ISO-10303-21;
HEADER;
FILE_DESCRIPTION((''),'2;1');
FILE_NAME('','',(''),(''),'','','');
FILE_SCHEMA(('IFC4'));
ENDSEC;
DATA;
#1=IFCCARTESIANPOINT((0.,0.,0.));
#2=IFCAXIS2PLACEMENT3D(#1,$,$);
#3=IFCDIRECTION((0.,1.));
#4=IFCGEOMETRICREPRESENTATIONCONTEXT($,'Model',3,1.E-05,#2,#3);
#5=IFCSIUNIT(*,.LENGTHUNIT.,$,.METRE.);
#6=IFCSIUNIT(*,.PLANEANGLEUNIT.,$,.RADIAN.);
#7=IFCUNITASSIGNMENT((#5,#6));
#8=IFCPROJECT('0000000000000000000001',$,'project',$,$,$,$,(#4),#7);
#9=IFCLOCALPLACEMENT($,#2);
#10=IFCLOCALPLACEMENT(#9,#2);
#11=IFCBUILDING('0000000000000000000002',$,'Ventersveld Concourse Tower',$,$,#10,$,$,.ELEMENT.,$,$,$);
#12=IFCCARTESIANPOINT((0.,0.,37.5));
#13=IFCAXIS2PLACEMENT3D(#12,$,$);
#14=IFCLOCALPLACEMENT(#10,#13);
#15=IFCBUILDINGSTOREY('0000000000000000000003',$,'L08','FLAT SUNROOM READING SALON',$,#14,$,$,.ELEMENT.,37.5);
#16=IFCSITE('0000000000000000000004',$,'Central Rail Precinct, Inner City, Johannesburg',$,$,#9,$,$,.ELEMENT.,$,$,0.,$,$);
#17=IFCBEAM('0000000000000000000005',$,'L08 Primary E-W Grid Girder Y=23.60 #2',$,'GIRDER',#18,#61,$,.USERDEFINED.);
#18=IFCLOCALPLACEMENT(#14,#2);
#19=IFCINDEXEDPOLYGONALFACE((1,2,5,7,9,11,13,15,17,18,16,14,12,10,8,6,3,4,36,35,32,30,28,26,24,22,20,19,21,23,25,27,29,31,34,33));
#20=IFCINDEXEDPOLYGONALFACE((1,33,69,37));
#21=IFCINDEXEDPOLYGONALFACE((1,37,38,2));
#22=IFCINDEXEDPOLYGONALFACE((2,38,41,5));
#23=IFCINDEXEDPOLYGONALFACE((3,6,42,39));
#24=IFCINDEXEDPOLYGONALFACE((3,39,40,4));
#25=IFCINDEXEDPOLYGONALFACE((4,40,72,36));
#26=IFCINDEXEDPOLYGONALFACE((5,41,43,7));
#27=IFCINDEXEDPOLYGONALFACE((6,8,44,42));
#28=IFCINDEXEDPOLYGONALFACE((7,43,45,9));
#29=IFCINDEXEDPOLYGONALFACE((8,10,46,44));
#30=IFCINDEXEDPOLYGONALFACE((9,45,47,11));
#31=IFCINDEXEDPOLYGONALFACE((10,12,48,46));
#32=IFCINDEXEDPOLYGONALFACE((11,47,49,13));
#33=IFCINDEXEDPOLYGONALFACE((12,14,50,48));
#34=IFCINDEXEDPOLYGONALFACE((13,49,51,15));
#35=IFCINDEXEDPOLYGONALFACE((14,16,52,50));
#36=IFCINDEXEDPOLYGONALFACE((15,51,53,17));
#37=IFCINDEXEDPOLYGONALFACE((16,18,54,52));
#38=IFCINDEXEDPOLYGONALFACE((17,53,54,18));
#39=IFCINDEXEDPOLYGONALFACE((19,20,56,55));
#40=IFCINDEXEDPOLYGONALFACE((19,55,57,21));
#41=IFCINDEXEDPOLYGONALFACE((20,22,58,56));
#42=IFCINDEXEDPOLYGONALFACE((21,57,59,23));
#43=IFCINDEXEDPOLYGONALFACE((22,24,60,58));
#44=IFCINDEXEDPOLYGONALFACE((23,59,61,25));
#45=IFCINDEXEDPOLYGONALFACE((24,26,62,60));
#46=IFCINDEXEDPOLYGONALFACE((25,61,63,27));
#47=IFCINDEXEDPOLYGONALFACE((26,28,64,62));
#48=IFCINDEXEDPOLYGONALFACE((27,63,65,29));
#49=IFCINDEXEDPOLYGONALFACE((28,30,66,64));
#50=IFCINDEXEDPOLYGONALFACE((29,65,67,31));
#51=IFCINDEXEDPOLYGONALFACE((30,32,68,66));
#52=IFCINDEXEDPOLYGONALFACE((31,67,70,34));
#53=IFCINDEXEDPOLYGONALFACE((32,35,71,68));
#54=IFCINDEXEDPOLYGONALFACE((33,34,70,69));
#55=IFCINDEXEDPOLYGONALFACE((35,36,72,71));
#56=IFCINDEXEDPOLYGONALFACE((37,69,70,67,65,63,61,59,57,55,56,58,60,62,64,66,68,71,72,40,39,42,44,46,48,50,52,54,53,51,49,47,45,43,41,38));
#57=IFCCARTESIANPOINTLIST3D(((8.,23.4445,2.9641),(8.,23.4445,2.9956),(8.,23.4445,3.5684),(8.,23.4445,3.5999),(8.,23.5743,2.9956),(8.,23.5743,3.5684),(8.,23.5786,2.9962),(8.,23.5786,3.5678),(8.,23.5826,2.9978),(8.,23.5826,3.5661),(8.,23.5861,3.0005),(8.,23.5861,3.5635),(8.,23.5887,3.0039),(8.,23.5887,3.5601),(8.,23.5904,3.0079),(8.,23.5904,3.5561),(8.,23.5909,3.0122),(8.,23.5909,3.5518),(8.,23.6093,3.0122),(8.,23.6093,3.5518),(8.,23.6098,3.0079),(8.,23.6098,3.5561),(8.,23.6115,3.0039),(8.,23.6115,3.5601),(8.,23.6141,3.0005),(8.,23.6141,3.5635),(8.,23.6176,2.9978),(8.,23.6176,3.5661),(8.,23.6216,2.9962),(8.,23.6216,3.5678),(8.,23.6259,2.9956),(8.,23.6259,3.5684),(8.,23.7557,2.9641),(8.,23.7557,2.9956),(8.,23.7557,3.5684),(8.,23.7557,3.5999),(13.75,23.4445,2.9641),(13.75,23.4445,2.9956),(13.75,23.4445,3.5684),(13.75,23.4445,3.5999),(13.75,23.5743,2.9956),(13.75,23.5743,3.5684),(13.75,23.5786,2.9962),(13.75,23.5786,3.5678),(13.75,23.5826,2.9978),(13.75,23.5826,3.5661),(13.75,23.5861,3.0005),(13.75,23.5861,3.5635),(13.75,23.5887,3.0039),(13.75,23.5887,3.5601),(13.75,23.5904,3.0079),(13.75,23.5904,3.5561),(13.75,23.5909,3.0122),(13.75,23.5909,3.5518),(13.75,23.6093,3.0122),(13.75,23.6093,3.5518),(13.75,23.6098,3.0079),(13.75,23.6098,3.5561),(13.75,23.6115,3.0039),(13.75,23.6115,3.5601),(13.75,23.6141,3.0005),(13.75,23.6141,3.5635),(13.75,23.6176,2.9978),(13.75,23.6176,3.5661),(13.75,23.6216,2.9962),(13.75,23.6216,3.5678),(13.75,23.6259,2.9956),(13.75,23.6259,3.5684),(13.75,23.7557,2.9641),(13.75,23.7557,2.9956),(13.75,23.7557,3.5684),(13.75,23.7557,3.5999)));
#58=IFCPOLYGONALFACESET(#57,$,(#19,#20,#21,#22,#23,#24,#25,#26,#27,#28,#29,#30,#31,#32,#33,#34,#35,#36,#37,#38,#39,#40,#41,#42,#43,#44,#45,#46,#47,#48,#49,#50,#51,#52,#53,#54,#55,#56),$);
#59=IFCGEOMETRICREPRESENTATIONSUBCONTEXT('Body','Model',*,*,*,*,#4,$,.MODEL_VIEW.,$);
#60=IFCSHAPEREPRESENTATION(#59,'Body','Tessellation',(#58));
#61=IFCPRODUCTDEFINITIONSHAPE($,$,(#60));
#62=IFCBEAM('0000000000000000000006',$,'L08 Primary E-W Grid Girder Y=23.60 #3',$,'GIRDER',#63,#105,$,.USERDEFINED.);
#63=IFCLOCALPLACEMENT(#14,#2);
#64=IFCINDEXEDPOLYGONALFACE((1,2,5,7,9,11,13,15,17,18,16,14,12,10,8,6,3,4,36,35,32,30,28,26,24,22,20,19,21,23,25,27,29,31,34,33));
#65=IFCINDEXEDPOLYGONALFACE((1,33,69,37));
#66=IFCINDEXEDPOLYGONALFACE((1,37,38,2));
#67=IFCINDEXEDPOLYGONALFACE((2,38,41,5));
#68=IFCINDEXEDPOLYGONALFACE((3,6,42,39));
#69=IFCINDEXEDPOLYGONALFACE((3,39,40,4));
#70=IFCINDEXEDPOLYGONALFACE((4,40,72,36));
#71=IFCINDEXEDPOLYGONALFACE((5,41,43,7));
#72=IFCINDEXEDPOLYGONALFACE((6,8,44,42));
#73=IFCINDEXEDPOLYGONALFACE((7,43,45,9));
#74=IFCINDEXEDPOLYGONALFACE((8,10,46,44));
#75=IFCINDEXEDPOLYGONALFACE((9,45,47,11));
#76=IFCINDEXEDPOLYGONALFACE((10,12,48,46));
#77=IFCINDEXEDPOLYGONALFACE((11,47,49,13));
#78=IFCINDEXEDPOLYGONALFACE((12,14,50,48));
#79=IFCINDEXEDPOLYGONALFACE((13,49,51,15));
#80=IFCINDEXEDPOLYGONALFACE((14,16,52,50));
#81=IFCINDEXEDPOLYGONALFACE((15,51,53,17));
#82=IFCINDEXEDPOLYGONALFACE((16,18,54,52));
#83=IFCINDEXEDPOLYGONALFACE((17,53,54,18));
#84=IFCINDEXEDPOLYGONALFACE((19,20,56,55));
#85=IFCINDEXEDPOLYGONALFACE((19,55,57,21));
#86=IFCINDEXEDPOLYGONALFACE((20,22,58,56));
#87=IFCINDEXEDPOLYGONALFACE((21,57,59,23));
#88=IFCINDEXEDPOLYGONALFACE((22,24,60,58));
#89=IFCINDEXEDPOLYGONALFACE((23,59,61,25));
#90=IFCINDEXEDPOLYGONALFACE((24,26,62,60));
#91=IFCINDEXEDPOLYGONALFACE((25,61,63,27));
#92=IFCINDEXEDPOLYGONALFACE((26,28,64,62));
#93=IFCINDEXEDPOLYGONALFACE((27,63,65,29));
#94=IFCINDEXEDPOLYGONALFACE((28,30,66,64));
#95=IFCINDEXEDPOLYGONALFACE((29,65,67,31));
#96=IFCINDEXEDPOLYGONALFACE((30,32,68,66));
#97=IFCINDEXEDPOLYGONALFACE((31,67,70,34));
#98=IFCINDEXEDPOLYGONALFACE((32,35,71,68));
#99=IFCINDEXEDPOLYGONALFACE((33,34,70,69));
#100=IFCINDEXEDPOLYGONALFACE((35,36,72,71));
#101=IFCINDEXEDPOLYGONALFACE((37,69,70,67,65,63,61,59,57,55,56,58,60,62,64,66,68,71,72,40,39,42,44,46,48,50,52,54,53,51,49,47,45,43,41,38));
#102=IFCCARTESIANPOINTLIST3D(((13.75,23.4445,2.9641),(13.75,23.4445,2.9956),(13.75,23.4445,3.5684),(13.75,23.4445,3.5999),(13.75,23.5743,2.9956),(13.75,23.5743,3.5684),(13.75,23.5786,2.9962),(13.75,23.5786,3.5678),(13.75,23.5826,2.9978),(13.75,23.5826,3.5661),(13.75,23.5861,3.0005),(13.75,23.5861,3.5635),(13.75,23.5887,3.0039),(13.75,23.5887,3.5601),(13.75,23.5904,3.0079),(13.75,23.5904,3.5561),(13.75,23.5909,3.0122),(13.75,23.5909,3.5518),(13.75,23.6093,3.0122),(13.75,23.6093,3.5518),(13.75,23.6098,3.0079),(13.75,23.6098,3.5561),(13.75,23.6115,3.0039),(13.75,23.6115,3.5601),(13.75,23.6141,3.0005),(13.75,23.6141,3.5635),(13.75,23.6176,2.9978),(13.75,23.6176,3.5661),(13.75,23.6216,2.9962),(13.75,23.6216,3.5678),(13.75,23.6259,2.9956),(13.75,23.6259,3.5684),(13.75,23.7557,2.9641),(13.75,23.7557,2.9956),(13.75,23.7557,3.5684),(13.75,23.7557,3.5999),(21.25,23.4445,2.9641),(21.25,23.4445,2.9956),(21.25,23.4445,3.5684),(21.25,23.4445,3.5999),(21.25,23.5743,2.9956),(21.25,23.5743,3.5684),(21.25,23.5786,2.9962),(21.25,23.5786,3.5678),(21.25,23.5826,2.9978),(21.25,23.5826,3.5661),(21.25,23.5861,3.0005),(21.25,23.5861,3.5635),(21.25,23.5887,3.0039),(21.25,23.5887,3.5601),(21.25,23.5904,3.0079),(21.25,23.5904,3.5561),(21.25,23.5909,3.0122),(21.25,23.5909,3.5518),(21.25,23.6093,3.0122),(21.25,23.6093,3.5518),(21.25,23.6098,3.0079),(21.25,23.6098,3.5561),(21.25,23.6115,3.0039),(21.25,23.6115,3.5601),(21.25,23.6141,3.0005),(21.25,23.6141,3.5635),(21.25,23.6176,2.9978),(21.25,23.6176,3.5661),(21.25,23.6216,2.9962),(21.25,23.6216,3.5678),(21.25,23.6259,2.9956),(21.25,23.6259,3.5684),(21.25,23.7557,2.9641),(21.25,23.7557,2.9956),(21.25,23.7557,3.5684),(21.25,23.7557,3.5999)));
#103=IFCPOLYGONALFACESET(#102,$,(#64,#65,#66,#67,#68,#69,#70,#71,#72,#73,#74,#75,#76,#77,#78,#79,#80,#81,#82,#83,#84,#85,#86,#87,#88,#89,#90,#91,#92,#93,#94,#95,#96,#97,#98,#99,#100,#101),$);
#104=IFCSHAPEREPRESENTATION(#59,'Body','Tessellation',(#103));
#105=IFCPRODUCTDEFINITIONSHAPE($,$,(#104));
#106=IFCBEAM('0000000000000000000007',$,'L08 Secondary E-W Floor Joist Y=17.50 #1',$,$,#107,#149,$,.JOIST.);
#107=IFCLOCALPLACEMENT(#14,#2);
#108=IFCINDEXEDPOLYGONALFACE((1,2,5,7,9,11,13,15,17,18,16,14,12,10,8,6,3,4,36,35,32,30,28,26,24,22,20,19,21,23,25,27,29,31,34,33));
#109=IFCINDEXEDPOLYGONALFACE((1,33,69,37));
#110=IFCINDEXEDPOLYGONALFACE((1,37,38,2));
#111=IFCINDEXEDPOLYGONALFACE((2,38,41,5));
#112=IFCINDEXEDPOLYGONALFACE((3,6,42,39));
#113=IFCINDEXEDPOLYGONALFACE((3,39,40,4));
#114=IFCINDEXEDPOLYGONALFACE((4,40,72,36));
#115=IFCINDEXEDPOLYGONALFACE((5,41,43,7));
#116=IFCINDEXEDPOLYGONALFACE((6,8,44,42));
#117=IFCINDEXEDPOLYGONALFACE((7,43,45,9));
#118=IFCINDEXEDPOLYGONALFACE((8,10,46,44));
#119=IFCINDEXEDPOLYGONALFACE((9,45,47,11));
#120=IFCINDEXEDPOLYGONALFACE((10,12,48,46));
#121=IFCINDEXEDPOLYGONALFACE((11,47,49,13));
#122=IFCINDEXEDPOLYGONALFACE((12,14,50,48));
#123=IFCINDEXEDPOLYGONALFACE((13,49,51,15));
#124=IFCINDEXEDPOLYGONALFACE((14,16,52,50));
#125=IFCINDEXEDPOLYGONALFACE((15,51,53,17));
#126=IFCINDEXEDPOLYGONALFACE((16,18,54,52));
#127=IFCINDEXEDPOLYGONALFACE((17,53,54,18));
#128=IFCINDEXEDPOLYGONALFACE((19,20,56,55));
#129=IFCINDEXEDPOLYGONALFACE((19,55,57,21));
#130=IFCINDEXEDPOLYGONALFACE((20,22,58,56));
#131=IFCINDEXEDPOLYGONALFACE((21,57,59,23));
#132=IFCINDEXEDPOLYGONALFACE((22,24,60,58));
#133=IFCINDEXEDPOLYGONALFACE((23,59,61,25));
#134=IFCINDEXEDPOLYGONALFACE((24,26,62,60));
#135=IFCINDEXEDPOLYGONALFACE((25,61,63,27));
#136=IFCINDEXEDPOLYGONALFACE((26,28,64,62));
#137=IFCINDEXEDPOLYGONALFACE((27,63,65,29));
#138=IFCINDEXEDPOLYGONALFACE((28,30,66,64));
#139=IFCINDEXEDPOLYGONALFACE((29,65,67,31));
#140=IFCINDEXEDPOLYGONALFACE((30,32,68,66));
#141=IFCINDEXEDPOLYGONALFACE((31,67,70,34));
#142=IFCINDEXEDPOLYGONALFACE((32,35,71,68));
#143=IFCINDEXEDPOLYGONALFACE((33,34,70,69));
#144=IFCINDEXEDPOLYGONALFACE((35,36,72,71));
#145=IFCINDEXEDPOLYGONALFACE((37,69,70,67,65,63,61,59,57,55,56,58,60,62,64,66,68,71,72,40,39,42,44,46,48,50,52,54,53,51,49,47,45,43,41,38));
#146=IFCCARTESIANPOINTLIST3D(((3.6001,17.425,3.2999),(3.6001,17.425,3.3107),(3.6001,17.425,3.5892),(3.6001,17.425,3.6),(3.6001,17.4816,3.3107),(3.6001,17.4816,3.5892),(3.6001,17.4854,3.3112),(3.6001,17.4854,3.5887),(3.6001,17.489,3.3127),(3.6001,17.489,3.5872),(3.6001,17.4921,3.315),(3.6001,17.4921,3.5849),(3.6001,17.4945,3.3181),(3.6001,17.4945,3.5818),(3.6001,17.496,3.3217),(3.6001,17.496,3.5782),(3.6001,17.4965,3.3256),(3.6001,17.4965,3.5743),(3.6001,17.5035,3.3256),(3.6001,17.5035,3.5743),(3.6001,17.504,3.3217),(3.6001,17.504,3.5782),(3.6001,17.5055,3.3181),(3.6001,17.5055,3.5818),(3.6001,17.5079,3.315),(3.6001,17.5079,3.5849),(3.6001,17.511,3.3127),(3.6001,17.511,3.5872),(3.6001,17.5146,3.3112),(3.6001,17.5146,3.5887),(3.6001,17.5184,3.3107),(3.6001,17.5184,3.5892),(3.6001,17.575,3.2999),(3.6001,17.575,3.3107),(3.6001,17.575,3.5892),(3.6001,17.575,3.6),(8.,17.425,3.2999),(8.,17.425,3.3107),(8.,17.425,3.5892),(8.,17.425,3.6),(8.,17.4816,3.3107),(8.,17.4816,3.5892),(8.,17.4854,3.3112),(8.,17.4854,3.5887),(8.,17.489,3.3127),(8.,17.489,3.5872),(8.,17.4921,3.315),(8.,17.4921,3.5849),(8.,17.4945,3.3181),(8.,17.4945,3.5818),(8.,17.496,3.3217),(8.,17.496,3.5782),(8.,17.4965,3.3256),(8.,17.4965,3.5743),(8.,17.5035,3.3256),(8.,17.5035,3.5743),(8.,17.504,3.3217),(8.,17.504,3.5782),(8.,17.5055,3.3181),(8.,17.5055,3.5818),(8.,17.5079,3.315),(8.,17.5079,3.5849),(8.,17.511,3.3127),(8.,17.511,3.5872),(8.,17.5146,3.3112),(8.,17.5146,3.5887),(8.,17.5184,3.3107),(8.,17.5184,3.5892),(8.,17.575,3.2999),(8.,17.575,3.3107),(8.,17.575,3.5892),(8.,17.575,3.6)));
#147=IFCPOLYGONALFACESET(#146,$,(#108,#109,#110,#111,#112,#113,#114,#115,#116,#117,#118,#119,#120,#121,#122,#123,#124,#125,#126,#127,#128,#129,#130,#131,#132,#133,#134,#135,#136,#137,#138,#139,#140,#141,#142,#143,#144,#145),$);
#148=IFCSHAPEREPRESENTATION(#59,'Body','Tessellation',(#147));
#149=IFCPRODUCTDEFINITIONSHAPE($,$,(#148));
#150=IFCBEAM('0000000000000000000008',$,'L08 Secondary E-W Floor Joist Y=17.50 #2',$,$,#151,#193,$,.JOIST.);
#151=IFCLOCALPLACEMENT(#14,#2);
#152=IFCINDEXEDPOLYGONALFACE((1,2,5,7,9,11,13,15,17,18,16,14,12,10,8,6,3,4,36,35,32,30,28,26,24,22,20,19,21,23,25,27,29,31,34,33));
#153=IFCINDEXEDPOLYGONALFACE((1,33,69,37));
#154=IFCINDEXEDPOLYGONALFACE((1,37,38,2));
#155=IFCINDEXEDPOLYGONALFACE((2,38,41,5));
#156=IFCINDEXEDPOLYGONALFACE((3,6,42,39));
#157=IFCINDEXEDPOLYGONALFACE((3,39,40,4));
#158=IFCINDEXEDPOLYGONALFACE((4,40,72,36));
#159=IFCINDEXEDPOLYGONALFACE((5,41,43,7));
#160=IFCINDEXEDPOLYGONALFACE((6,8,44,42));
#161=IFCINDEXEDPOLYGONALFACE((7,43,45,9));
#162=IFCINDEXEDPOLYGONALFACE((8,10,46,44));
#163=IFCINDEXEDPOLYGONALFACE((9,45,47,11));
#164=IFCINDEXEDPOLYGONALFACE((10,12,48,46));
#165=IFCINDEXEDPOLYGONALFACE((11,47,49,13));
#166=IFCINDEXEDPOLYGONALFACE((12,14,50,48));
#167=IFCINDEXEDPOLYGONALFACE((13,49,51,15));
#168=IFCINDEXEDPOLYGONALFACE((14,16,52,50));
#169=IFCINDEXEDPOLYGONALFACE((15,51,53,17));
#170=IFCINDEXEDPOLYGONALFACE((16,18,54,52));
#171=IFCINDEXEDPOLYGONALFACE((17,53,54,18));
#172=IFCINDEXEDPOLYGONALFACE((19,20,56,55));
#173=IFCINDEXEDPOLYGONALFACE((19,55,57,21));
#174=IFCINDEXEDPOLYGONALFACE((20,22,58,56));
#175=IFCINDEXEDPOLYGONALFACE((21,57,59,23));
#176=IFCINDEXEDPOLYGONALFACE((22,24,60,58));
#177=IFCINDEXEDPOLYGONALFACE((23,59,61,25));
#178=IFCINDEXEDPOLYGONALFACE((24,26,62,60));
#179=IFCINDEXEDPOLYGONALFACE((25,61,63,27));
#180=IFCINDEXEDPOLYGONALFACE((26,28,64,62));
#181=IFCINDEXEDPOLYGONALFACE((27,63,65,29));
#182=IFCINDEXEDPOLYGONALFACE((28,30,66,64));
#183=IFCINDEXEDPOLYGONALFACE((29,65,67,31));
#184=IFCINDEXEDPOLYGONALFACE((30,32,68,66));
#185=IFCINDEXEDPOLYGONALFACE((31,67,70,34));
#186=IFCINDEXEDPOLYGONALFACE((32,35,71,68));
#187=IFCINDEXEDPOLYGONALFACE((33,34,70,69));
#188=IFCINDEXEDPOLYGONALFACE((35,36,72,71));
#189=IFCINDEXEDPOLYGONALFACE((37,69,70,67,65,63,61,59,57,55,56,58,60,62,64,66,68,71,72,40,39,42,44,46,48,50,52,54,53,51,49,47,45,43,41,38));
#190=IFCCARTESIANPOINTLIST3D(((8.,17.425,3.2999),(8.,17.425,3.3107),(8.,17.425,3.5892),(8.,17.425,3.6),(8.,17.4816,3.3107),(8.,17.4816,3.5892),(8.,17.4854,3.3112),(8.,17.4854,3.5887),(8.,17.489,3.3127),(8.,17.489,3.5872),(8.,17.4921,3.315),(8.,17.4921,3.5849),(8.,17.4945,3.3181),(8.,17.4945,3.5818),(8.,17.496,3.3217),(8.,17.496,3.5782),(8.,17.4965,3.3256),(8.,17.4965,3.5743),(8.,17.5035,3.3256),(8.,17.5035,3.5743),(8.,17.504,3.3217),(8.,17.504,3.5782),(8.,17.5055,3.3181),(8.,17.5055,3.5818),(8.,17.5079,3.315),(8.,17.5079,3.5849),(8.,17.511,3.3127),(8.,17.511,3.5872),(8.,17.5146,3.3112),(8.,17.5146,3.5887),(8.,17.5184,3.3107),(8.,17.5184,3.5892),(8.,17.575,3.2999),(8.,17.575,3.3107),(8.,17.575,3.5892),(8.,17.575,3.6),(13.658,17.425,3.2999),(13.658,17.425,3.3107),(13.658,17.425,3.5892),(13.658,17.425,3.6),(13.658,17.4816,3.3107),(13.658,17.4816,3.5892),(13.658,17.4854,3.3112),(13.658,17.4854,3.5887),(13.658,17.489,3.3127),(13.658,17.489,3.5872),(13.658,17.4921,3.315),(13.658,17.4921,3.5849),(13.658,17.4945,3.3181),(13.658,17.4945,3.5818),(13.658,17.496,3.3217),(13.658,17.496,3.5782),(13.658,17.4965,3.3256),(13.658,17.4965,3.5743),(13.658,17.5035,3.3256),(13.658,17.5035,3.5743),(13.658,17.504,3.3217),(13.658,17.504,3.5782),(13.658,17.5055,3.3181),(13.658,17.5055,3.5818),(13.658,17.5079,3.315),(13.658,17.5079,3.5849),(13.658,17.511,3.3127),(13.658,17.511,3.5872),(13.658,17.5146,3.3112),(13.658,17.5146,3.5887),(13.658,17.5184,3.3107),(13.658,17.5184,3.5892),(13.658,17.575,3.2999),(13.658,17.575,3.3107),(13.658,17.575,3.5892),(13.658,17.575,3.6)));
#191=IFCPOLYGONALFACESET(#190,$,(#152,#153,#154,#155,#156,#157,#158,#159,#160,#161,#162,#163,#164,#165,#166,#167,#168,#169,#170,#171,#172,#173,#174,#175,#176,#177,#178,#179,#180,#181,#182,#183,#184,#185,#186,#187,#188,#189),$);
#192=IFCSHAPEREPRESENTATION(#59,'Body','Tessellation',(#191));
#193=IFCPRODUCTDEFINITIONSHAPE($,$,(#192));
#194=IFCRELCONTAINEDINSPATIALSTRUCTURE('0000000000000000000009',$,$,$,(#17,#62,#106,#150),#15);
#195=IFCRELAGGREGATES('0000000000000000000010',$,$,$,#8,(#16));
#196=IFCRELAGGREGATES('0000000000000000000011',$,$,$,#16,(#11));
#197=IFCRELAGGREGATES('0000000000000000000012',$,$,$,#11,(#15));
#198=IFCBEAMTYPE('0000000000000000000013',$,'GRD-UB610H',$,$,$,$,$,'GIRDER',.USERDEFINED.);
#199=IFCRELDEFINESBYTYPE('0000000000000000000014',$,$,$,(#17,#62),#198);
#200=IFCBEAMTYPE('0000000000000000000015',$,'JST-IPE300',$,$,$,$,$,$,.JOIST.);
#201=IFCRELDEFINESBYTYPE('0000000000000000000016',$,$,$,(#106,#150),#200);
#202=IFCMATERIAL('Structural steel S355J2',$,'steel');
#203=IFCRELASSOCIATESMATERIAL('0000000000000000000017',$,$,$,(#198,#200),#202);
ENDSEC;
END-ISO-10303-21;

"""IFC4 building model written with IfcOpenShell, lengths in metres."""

from ifc_helpers import new_model, si_unit, direction, frame, origin, origin_2d, place, context, subcontext, project, spatial, i_section, extrude, material, material_profile, profile_set, type_object, element, save


model = new_model("IFC4")

# Units and contexts
model_context = context("Model", 3, precision=1e-05, world=origin(), true_north=direction((0.0, 1.0)))
body_context = subcontext(model_context, "Body", "Model", "MODEL_VIEW")
ifc_project = project(units=[si_unit("LENGTHUNIT", "METRE"), si_unit("PLANEANGLEUNIT", "RADIAN")], contexts=[model_context])

# Site, building, storey
site_placement = place(None, origin())
site = spatial("IfcSite", under=ifc_project, at=site_placement, Name="Central Rail Precinct, Inner City, Johannesburg", CompositionType="ELEMENT", RefElevation=0.0)
building_placement = place(site_placement, origin())
building = spatial("IfcBuilding", under=site, at=building_placement, Name="Ventersveld Concourse Tower", CompositionType="ELEMENT")
storey_placement = place(building_placement, frame((0.0, 0.0, 37.5)))
storey = spatial("IfcBuildingStorey", under=building, at=storey_placement, Name="L08", Description="FLAT SUNROOM READING SALON", CompositionType="ELEMENT", Elevation=37.5)

# Beams
ifc_material_1 = material(Name="Structural steel S355J2", Category="steel")
ifc_material_profile_1 = material_profile(ifc_material_1, i_section(OverallWidth=0.3113, OverallDepth=0.6357, WebThickness=0.0183, FlangeThickness=0.0315, FilletRadius=0.0166, at=origin_2d()), Name="UB 610x305x238")
ifc_profile_set_1 = profile_set([ifc_material_profile_1], Name="Structural steel S355J2")
beam_type_1 = type_object("IfcBeamType", Name="GRD-UB610H", ElementType="GIRDER", PredefinedType="USERDEFINED", material=ifc_profile_set_1)
beam_1_placement = place(storey_placement, frame((8.0, 23.6001, 3.282), z_axis=(1.0, 0.0, 0.0), x_axis=(0.0, 1.0, 0.0)))
element("IfcBeam", 1, at=beam_1_placement, inside=storey, type_object=beam_type_1, Name="L08 Primary E-W Grid Girder Y=23.60 #2", ObjectType="GIRDER", PredefinedType="USERDEFINED", context=body_context, shape_type="SweptSolid", body=[
    extrude(i_section(OverallWidth=0.3113, OverallDepth=0.6357, WebThickness=0.0183, FlangeThickness=0.0315, FilletRadius=0.0166, at=origin_2d()), origin(), (0.0, 0.0, 1.0), 5.75),
])
beam_2_placement = place(storey_placement, frame((13.75, 23.6001, 3.282), z_axis=(1.0, 0.0, 0.0), x_axis=(0.0, 1.0, 0.0)))
element("IfcBeam", 2, at=beam_2_placement, inside=storey, type_object=beam_type_1, Name="L08 Primary E-W Grid Girder Y=23.60 #3", ObjectType="GIRDER", PredefinedType="USERDEFINED", context=body_context, shape_type="SweptSolid", body=[
    extrude(i_section(OverallWidth=0.3113, OverallDepth=0.6357, WebThickness=0.0183, FlangeThickness=0.0315, FilletRadius=0.0166, at=origin_2d()), origin(), (0.0, 0.0, 1.0), 7.5),
])
ifc_material_profile_2 = material_profile(ifc_material_1, i_section(OverallWidth=0.1499, OverallDepth=0.3, WebThickness=0.0071, FlangeThickness=0.0107, FilletRadius=0.0149, at=origin_2d()), Name="IPE 300")
ifc_profile_set_2 = profile_set([ifc_material_profile_2], Name="Structural steel S355J2")
beam_type_2 = type_object("IfcBeamType", Name="JST-IPE300", PredefinedType="JOIST", material=ifc_profile_set_2)
beam_3_placement = place(storey_placement, frame((3.6001, 17.5, 3.45), z_axis=(1.0, 0.0, 0.0), x_axis=(0.0, 1.0, 0.0)))
element("IfcBeam", 3, at=beam_3_placement, inside=storey, type_object=beam_type_2, Name="L08 Secondary E-W Floor Joist Y=17.50 #1", PredefinedType="JOIST", context=body_context, shape_type="SweptSolid", body=[
    extrude(i_section(OverallWidth=0.1499, OverallDepth=0.3, WebThickness=0.0071, FlangeThickness=0.0107, FilletRadius=0.0149, at=origin_2d()), origin(), (0.0, 0.0, 1.0), 4.3999),
])
beam_4_placement = place(storey_placement, frame((8.0, 17.5, 3.45), z_axis=(1.0, 0.0, 0.0), x_axis=(0.0, 1.0, 0.0)))
element("IfcBeam", 4, at=beam_4_placement, inside=storey, type_object=beam_type_2, Name="L08 Secondary E-W Floor Joist Y=17.50 #2", PredefinedType="JOIST", context=body_context, shape_type="SweptSolid", body=[
    extrude(i_section(OverallWidth=0.1499, OverallDepth=0.3, WebThickness=0.0071, FlangeThickness=0.0107, FilletRadius=0.0149, at=origin_2d()), origin(), (0.0, 0.0, 1.0), 5.658),
])

save(model, "model.ifc")
